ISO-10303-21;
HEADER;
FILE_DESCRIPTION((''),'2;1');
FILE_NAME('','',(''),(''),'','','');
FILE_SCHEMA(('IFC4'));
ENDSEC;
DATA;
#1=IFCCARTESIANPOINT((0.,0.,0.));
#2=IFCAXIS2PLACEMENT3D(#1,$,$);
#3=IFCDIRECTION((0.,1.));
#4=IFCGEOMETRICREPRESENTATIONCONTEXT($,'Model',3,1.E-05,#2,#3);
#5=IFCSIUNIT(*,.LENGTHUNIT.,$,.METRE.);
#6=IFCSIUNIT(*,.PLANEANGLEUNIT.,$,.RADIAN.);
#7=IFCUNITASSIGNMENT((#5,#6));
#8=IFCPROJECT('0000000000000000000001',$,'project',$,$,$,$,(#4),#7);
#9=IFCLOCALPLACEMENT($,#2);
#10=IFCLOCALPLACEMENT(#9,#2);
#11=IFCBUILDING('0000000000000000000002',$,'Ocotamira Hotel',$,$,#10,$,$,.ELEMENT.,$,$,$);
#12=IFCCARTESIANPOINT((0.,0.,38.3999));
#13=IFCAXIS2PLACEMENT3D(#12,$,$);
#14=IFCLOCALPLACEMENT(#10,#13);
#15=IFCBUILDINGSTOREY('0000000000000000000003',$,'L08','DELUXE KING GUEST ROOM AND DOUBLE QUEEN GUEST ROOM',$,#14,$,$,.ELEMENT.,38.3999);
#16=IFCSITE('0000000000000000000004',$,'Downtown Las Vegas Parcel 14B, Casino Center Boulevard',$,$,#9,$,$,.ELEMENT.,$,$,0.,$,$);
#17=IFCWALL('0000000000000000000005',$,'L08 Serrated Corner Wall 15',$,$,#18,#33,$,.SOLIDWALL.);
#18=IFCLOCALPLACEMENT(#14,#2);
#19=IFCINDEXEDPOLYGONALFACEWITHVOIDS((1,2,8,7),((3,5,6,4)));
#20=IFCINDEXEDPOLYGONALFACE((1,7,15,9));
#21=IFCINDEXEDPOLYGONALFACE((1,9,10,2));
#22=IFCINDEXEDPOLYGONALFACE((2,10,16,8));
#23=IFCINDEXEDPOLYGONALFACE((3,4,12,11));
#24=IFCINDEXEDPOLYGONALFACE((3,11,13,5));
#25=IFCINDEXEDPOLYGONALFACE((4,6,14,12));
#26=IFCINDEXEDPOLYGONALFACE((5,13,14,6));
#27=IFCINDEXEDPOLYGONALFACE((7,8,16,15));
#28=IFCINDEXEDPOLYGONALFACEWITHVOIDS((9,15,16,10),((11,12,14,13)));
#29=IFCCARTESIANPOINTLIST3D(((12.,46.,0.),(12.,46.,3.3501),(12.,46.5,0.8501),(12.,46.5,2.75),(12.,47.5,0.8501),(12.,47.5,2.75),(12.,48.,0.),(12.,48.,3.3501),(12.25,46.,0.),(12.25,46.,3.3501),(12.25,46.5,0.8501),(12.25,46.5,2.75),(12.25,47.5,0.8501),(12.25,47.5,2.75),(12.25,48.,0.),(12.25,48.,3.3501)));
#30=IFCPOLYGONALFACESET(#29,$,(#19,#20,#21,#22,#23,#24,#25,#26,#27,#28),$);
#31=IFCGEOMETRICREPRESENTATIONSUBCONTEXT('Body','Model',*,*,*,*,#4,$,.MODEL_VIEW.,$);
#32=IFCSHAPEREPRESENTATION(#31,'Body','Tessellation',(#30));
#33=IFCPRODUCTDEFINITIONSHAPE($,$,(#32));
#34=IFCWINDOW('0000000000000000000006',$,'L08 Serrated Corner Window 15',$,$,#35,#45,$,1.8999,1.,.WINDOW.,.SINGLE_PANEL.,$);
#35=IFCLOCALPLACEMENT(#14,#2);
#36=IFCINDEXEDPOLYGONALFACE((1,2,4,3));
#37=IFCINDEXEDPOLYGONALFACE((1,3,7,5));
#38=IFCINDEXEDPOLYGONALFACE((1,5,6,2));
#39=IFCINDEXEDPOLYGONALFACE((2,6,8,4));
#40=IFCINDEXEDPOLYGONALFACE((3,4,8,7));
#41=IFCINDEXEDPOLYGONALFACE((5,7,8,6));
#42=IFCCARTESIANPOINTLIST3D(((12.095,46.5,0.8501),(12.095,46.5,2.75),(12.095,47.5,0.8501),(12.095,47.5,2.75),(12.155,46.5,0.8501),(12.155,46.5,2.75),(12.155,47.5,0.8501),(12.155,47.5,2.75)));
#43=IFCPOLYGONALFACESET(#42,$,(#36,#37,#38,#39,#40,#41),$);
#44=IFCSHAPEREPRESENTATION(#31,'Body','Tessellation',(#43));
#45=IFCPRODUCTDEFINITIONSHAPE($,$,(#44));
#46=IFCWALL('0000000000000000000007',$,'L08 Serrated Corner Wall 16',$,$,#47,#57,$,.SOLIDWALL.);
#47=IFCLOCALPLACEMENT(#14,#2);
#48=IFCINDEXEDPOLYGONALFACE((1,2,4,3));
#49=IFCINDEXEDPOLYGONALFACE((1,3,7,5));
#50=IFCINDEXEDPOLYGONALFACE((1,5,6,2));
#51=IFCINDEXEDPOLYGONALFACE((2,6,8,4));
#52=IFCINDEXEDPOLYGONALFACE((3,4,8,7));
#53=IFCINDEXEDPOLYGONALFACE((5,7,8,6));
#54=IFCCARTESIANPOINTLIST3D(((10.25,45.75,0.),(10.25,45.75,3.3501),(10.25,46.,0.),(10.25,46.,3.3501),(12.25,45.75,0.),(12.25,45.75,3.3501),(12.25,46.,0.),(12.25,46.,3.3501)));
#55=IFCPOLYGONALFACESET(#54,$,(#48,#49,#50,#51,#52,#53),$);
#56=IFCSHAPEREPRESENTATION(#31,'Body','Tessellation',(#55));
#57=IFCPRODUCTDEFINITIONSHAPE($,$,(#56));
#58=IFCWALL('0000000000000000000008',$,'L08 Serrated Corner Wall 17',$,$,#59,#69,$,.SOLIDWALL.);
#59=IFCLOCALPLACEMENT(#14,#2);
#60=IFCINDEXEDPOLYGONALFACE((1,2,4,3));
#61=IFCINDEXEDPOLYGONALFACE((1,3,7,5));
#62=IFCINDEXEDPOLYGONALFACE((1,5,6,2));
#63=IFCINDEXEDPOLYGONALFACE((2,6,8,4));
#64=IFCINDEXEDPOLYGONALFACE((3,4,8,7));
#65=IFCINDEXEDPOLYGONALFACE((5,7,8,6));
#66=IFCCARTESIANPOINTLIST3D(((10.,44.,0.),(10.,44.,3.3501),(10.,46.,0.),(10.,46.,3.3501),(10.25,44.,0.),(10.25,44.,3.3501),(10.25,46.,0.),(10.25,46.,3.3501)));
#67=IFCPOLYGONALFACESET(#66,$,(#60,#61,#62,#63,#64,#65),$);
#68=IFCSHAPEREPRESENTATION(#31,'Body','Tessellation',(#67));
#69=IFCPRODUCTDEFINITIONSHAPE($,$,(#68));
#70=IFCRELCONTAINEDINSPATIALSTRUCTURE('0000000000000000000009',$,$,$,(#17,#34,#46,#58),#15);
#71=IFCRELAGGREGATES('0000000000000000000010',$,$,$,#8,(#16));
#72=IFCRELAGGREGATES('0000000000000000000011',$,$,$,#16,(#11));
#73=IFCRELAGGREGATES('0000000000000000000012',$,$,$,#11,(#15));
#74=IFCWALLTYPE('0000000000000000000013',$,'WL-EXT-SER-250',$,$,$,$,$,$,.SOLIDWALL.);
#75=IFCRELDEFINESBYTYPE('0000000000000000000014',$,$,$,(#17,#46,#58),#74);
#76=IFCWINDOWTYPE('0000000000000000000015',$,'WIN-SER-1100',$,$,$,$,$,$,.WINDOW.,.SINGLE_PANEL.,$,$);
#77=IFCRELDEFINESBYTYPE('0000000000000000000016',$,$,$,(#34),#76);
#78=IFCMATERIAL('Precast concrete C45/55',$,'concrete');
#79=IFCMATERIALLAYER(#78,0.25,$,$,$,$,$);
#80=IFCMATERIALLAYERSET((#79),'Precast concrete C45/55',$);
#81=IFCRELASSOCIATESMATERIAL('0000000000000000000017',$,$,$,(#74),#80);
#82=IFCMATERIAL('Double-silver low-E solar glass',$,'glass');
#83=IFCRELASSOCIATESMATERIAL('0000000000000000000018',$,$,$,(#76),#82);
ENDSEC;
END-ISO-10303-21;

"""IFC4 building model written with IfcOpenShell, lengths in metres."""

from ifc_helpers import new_model, si_unit, direction, frame, frame_2d, origin, place, context, subcontext, project, spatial, rectangle, extrude, source, transform, mapped, material, layer, layer_set, type_object, element, fill, save


model = new_model("IFC4")

# Units and contexts
model_context = context("Model", 3, precision=1e-05, world=origin(), true_north=direction((0.0, 1.0)))
body_context = subcontext(model_context, "Body", "Model", "MODEL_VIEW")
ifc_project = project(units=[si_unit("LENGTHUNIT", "METRE"), si_unit("PLANEANGLEUNIT", "RADIAN")], contexts=[model_context])

# Site, building, storey
site_placement = place(None, origin())
site = spatial("IfcSite", under=ifc_project, at=site_placement, Name="Downtown Las Vegas Parcel 14B, Casino Center Boulevard", CompositionType="ELEMENT", RefElevation=0.0)
building_placement = place(site_placement, origin())
building = spatial("IfcBuilding", under=site, at=building_placement, Name="Ocotamira Hotel", CompositionType="ELEMENT")
storey_placement = place(building_placement, frame((0.0, 0.0, 38.3999)))
storey = spatial("IfcBuildingStorey", under=building, at=storey_placement, Name="L08", Description="DELUXE KING GUEST ROOM AND DOUBLE QUEEN GUEST ROOM", CompositionType="ELEMENT", Elevation=38.3999)

# Shared definitions
ifc_material_1 = material(Name="Precast concrete C45/55", Category="concrete")
ifc_layer_1 = layer(ifc_material_1, 0.25)
ifc_layer_set_1 = layer_set([ifc_layer_1], Name="Precast concrete C45/55")
wall_type_1 = type_object("IfcWallType", Name="WL-EXT-SER-250", PredefinedType="SOLIDWALL", material=ifc_layer_set_1)

# Wall, opening, window
wall_1_placement = place(storey_placement, frame((12.125, 48.0, 0.0), z_axis=(0.0, 0.0, 1.0), x_axis=(0.0, -1.0, 0.0)))
wall_1 = element("IfcWall", 1, at=wall_1_placement, inside=storey, type_object=wall_type_1, Name="L08 Serrated Corner Wall 15", PredefinedType="SOLIDWALL", context=body_context, shape_type="SweptSolid", body=[
    extrude(rectangle(XDim=2.0, YDim=0.25, at=frame_2d((1.0, 0.0))), origin(), (0.0, 0.0, 1.0), 3.3501),
])
opening_1_placement = place(wall_1_placement, frame((0.5, 0.0, 0.8501)))
opening_1 = element("IfcOpeningElement", 2, at=opening_1_placement, cuts=wall_1, PredefinedType="OPENING", context=body_context, shape_type="SweptSolid", body=[
    extrude(rectangle(XDim=1.0, YDim=1.8999, at=frame_2d((0.5, 0.95))), frame((0.0, 0.135, 0.0), z_axis=(0.0, -1.0, 0.0), x_axis=(1.0, 0.0, 0.0)), (0.0, 0.0, 1.0), 0.27),
])
ifc_material_2 = material(Name="Double-silver low-E solar glass", Category="glass")
window_type = type_object("IfcWindowType", Name="WIN-SER-1100", PartitioningType="SINGLE_PANEL", PredefinedType="WINDOW", material=ifc_material_2)
shared_shape_1 = source(origin(), body_context, "Body", "SweptSolid", [
    extrude(rectangle(XDim=1.0, YDim=1.8999, at=frame_2d((0.5, 0.95))), frame((0.0, 0.03, 0.0), z_axis=(0.0, -1.0, 0.0), x_axis=(1.0, 0.0, 0.0)), (0.0, 0.0, 1.0), 0.0601),
])
window_placement = place(opening_1_placement, origin())
window = element("IfcWindow", 3, at=window_placement, inside=storey, type_object=window_type, Name="L08 Serrated Corner Window 15", OverallHeight=1.8999, OverallWidth=1.0, PartitioningType="SINGLE_PANEL", PredefinedType="WINDOW", context=body_context, shape_type="MappedRepresentation", body=[
    mapped(shared_shape_1, transform((0.0, 0.0, 0.0), scale=1.0)),
])
fill(opening_1, window)

# Walls
for number, where, z_axis, x_axis, name in (
    (4, (12.25, 45.875, 0.0), (0.0, 0.0, 1.0), (-1.0, 0.0, 0.0), "L08 Serrated Corner Wall 16"),
    (5, (10.125, 46.0, 0.0), (0.0, 0.0, 1.0), (0.0, -1.0, 0.0), "L08 Serrated Corner Wall 17"),
):
    element("IfcWall", number, at=place(storey_placement, frame(where, z_axis=z_axis, x_axis=x_axis)), inside=storey, type_object=wall_type_1, Name=name, PredefinedType="SOLIDWALL", context=body_context, shape_type="SweptSolid", body=[
        extrude(rectangle(XDim=2.0, YDim=0.25, at=frame_2d((1.0, 0.0))), origin(), (0.0, 0.0, 1.0), 3.3501),
    ])

save(model, "model.ifc")
